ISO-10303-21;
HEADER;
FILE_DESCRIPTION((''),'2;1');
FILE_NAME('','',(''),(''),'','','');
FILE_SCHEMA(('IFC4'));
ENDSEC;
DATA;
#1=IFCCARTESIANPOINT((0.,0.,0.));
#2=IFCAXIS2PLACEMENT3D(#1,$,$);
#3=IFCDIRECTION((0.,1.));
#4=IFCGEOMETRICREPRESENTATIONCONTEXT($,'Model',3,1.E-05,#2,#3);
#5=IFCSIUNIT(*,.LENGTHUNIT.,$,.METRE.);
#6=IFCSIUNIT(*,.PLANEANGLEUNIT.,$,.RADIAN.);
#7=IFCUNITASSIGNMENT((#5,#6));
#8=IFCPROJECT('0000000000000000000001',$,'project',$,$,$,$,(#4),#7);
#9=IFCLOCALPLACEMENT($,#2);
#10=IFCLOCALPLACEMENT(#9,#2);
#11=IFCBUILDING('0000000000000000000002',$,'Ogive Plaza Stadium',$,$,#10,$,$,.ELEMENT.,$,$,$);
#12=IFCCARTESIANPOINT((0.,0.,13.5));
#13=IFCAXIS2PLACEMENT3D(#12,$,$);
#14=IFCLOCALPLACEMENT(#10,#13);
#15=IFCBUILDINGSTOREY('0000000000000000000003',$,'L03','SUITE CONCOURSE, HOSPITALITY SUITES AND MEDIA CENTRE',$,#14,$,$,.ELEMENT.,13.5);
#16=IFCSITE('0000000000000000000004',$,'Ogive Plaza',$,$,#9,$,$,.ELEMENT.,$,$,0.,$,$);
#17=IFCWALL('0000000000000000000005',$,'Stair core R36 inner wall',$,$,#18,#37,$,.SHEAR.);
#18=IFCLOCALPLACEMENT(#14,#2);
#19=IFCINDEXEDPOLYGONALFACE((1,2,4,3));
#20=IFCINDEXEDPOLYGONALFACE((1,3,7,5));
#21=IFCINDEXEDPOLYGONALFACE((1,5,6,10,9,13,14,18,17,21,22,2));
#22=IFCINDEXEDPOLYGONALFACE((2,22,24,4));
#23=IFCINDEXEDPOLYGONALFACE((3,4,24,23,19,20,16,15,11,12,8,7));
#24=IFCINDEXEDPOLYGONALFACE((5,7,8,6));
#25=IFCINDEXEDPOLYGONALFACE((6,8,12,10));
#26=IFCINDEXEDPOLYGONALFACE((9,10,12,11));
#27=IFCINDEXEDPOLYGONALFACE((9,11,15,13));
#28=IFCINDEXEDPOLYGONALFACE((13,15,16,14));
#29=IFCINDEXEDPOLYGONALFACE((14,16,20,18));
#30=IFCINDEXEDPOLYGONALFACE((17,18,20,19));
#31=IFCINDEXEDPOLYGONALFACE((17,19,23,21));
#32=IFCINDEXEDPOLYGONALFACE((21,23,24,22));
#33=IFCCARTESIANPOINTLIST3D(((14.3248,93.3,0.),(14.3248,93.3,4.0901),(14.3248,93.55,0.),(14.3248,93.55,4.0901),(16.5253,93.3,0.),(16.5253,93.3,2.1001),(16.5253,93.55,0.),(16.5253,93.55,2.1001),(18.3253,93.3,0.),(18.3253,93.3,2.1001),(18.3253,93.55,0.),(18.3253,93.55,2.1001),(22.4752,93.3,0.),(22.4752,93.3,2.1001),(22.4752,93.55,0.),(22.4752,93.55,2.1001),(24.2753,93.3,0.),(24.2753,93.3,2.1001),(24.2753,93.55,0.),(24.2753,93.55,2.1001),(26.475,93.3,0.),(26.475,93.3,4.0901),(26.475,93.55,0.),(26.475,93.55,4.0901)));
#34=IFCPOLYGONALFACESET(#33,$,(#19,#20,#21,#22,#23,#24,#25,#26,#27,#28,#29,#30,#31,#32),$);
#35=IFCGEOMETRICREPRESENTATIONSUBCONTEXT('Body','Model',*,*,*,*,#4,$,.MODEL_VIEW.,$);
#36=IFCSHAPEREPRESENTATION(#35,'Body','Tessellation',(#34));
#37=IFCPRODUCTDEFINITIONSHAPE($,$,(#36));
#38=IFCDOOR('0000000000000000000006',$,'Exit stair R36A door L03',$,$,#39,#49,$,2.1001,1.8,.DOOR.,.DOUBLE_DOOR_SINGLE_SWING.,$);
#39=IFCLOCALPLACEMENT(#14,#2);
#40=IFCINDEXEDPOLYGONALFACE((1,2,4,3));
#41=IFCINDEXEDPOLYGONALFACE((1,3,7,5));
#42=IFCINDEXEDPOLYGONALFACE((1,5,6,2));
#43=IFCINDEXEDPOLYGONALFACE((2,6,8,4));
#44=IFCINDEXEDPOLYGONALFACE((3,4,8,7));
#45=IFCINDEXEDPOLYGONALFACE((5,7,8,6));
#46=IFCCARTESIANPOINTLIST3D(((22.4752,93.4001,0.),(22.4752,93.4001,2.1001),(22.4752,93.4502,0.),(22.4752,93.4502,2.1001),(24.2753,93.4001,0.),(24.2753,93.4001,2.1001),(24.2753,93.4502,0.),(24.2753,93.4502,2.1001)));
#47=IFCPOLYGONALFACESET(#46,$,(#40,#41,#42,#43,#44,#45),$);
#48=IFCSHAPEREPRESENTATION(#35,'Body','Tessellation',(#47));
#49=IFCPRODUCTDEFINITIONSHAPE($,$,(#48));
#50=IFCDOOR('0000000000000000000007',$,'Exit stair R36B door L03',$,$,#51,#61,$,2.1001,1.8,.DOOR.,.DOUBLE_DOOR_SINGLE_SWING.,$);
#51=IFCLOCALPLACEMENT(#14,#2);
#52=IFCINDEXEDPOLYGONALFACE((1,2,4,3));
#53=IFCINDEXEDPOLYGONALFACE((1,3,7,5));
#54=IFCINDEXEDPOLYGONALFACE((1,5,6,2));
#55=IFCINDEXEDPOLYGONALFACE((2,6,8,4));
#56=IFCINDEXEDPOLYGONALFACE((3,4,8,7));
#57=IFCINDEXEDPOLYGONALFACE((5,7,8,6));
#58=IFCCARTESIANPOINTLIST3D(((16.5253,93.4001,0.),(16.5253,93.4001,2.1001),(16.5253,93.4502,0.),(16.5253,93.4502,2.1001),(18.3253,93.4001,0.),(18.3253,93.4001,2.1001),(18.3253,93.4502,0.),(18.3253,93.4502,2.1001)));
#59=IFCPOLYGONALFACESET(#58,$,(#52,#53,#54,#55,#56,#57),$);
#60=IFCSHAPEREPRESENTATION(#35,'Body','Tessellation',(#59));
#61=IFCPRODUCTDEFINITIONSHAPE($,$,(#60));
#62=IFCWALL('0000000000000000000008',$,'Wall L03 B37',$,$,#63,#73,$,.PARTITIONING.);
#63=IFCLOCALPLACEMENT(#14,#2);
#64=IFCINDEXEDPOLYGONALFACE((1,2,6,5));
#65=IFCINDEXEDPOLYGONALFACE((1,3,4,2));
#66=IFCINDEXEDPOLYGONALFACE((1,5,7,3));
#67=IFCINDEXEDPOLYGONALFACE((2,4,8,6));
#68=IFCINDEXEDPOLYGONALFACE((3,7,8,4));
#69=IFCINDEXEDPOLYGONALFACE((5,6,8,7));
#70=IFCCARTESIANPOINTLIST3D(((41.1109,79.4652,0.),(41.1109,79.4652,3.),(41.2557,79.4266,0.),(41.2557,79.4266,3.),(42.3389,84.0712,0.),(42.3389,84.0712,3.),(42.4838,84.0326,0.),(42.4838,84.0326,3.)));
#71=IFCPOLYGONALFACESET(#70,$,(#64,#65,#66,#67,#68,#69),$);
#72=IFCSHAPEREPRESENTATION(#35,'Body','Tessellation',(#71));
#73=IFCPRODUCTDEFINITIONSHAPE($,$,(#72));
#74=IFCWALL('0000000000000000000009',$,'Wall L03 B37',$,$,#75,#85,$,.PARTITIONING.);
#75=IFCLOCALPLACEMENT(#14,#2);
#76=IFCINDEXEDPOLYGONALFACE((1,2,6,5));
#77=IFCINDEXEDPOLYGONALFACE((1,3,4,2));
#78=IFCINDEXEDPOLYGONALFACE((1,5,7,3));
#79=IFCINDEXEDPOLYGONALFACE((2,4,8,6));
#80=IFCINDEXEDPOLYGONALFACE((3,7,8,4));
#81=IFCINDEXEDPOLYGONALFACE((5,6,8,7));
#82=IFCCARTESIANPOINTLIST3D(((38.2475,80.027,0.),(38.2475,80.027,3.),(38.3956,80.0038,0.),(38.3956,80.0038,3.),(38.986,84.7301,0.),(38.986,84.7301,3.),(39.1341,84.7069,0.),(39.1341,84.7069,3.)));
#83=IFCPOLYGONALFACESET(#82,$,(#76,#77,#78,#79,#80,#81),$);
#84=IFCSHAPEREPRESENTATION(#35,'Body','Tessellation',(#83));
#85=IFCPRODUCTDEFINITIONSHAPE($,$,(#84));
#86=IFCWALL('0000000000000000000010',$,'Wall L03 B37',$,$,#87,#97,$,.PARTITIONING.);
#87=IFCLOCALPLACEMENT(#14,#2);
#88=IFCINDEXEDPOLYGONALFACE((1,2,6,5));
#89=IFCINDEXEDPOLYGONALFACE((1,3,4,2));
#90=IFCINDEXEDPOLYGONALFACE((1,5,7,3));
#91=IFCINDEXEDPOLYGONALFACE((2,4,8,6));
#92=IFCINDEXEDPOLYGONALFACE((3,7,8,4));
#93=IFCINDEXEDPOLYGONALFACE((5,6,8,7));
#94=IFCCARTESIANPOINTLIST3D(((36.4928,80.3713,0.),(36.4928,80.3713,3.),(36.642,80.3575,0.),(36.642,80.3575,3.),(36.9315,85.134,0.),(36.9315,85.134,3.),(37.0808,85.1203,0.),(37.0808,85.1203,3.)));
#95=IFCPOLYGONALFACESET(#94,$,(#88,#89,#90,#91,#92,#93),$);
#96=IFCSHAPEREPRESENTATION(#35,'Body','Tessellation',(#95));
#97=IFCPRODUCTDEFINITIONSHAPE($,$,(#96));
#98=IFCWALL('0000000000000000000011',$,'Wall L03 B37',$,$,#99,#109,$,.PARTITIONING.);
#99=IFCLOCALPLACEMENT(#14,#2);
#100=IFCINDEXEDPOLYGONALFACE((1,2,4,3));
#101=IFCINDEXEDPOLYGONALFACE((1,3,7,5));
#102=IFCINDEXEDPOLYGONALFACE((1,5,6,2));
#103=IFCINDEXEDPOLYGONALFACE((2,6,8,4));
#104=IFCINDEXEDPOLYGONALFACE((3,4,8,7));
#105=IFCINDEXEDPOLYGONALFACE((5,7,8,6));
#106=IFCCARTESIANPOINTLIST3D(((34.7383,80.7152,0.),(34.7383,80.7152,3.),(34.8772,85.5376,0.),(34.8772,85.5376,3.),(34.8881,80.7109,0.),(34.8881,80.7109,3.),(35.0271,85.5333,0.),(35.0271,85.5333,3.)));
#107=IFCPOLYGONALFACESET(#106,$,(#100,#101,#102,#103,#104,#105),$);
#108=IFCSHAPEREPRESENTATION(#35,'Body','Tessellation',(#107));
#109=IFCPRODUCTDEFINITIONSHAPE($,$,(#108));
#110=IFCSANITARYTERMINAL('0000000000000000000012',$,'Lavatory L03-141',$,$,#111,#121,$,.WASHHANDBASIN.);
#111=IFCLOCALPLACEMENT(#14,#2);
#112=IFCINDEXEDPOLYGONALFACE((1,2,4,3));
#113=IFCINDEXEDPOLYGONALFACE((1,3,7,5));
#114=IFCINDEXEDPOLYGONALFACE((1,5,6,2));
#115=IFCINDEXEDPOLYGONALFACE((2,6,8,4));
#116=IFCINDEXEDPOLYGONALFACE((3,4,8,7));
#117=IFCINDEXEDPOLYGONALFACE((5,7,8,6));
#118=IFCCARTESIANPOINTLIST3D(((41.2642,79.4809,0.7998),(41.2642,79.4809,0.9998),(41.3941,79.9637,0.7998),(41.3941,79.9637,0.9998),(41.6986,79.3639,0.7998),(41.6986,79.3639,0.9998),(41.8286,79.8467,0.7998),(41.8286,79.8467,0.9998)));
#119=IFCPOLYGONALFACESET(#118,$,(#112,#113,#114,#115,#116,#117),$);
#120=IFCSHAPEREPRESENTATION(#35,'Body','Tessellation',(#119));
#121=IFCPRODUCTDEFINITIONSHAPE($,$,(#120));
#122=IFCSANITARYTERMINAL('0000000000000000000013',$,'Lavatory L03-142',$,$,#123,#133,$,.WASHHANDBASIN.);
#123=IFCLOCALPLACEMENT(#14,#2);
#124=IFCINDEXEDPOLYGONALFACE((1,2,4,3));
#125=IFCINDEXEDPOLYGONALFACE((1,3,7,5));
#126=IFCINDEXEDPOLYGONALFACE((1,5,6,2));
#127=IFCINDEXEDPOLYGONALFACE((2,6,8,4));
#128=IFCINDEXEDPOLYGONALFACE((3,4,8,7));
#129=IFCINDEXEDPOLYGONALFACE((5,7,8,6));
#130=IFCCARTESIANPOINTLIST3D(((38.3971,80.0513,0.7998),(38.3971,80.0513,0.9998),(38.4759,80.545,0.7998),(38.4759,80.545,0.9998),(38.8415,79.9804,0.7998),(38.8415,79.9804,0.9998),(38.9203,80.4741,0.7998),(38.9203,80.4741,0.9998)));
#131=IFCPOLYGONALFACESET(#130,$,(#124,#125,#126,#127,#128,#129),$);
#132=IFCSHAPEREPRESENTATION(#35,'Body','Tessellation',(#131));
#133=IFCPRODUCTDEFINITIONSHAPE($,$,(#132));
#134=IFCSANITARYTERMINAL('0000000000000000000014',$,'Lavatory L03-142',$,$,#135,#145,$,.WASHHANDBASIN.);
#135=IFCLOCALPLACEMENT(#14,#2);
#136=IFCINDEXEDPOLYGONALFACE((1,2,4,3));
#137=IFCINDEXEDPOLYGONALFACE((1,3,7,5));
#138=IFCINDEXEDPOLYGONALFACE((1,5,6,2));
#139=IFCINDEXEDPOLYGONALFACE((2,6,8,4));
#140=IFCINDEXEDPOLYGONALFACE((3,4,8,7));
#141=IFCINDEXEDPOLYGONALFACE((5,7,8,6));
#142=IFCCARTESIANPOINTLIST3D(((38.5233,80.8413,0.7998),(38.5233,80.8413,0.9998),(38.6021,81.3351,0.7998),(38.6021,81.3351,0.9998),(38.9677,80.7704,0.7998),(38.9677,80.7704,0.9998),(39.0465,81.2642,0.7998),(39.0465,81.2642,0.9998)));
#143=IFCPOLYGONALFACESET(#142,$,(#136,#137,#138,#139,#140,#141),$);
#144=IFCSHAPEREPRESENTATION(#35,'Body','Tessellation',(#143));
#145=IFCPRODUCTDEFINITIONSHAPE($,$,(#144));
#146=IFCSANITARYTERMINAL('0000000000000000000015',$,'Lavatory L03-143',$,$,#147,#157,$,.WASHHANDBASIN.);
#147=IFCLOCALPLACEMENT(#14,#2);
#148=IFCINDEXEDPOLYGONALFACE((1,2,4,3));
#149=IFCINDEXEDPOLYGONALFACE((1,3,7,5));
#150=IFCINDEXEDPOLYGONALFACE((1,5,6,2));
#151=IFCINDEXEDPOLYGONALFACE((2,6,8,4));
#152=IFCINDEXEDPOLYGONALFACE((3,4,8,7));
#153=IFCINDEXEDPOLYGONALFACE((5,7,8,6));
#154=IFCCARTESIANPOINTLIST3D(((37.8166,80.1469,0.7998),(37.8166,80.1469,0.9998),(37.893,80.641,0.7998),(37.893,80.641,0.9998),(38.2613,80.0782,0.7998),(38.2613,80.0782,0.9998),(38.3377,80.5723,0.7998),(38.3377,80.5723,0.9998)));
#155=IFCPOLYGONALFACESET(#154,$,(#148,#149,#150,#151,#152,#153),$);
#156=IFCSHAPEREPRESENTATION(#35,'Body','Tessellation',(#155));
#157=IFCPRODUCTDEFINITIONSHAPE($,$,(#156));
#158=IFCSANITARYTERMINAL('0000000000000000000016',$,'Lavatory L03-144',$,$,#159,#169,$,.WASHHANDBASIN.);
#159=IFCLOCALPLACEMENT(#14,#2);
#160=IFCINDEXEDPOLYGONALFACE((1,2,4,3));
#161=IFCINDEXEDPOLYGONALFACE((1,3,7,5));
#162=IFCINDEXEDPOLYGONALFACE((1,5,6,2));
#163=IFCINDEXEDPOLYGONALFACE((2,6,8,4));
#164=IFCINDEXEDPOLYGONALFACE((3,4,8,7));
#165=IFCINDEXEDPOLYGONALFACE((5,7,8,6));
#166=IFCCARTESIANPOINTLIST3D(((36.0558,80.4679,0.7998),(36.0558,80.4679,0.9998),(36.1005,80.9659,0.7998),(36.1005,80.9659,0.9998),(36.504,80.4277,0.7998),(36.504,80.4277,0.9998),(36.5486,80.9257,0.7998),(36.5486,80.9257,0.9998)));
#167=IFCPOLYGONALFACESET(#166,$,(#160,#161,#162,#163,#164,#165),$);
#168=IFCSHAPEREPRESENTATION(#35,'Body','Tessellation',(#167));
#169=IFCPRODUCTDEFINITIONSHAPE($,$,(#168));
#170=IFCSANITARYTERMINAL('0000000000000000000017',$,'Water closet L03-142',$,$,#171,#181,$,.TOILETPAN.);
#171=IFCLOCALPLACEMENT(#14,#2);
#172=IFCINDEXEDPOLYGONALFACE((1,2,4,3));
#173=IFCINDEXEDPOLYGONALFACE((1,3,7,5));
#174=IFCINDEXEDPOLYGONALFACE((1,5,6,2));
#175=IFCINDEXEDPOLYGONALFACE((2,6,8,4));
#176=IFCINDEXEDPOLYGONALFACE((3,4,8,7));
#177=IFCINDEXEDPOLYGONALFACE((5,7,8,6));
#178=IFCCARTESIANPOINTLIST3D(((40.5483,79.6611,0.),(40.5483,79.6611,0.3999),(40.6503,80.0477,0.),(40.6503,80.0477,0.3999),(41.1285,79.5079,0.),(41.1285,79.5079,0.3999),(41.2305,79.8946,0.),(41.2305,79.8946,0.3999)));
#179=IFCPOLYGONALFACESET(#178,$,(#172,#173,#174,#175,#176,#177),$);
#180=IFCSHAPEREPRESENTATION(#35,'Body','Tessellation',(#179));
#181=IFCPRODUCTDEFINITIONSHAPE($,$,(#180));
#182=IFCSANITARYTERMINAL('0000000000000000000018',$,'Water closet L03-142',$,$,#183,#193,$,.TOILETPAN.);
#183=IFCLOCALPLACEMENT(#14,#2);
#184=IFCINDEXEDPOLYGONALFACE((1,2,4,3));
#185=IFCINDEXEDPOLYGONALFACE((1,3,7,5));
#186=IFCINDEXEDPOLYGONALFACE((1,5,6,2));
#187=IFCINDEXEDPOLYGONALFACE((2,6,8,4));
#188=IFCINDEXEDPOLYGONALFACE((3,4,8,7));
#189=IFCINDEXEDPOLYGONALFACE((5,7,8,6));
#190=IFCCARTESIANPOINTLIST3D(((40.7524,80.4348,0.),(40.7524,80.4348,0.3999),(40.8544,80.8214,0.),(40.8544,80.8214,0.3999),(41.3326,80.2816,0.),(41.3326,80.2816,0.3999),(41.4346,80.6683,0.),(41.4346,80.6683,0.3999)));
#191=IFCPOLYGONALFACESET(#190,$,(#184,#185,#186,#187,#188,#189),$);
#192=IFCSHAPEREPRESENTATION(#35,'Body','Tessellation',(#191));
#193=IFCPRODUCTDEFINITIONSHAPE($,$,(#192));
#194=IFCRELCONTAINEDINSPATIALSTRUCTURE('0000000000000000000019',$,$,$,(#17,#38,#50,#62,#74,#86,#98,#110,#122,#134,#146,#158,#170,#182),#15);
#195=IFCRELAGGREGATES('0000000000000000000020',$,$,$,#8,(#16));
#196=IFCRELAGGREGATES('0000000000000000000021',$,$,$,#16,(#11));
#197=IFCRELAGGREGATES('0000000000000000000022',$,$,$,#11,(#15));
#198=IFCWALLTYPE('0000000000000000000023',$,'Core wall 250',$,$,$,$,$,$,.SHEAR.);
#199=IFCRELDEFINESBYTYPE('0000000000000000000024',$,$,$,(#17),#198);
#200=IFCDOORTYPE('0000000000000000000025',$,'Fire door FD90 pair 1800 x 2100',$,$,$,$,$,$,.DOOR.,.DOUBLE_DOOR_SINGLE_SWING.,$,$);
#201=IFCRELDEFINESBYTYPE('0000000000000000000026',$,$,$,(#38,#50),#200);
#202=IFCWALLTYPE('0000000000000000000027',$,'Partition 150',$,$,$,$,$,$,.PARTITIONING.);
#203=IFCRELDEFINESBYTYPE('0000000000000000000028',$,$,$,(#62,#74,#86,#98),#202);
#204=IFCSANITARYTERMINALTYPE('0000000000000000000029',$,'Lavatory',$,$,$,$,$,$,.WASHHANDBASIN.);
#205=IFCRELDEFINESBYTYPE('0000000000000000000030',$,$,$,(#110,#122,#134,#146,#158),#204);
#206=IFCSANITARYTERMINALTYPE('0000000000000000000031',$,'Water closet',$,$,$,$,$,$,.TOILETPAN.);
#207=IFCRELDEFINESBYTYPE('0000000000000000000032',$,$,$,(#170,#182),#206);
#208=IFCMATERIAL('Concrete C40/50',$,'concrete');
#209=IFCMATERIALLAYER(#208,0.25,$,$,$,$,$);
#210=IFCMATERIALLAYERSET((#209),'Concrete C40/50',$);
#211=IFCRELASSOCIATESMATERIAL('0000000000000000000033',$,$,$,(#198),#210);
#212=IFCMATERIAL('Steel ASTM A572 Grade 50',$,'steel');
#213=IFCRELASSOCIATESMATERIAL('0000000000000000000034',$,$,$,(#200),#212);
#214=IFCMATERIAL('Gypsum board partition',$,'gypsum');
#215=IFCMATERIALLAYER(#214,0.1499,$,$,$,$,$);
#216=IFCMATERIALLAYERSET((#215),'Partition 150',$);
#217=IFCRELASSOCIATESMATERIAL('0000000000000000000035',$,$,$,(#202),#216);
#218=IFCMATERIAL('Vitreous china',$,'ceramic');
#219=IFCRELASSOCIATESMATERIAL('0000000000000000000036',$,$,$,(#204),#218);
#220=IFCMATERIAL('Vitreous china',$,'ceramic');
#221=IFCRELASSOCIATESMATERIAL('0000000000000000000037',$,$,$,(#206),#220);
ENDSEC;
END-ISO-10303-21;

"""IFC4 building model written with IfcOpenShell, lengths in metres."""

from ifc_helpers import new_model, si_unit, direction, frame, frame_2d, origin, origin_2d, place, context, subcontext, project, spatial, rectangle, extrude, material, layer, layer_set, type_object, element, fill, save


model = new_model("IFC4")

# Units and contexts
model_context = context("Model", 3, precision=1e-05, world=origin(), true_north=direction((0.0, 1.0)))
body_context = subcontext(model_context, "Body", "Model", "MODEL_VIEW")
ifc_project = project(units=[si_unit("LENGTHUNIT", "METRE"), si_unit("PLANEANGLEUNIT", "RADIAN")], contexts=[model_context])

# Site, building, storey
site_placement = place(None, origin())
site = spatial("IfcSite", under=ifc_project, at=site_placement, Name="Ogive Plaza", CompositionType="ELEMENT", RefElevation=0.0)
building_placement = place(site_placement, origin())
building = spatial("IfcBuilding", under=site, at=building_placement, Name="Ogive Plaza Stadium", CompositionType="ELEMENT")
storey_placement = place(building_placement, frame((0.0, 0.0, 13.5)))
storey = spatial("IfcBuildingStorey", under=building, at=storey_placement, Name="L03", Description="SUITE CONCOURSE, HOSPITALITY SUITES AND MEDIA CENTRE", CompositionType="ELEMENT", Elevation=13.5)

# Wall, openings, doors
ifc_material_1 = material(Name="Concrete C40/50", Category="concrete")
ifc_layer_1 = layer(ifc_material_1, 0.25)
ifc_layer_set_1 = layer_set([ifc_layer_1], Name="Concrete C40/50")
wall_type_1 = type_object("IfcWallType", Name="Core wall 250", PredefinedType="SHEAR", material=ifc_layer_set_1)
wall_1_placement = place(storey_placement, frame((26.4751, 93.425, 0.0), z_axis=(0.0, 0.0, 1.0), x_axis=(-1.0, 0.0, 0.0)))
wall_1 = element("IfcWall", 1, at=wall_1_placement, inside=storey, type_object=wall_type_1, Name="Stair core R36 inner wall", PredefinedType="SHEAR", context=body_context, shape_type="SweptSolid", body=[
    extrude(rectangle(XDim=12.1501, YDim=0.25, at=frame_2d((6.0752, 0.0))), origin(), (0.0, 0.0, 1.0), 4.0901),
])
opening_1_placement = place(wall_1_placement, frame((2.2, 0.0, 0.0)))
opening_1 = element("IfcOpeningElement", 2, at=opening_1_placement, cuts=wall_1, PredefinedType="OPENING", context=body_context, shape_type="SweptSolid", body=[
    extrude(rectangle(XDim=1.8, YDim=2.1001, at=frame_2d((0.8999, 1.05))), frame((0.0, 0.125, 0.0), z_axis=(0.0, -1.0, 0.0), x_axis=(1.0, 0.0, 0.0)), (0.0, 0.0, 1.0), 0.25),
])
opening_2_placement = place(wall_1_placement, frame((8.1499, 0.0, 0.0)))
opening_2 = element("IfcOpeningElement", 3, at=opening_2_placement, cuts=wall_1, PredefinedType="OPENING", context=body_context, shape_type="SweptSolid", body=[
    extrude(rectangle(XDim=1.8, YDim=2.1001, at=frame_2d((0.8999, 1.05))), frame((0.0, 0.125, 0.0), z_axis=(0.0, -1.0, 0.0), x_axis=(1.0, 0.0, 0.0)), (0.0, 0.0, 1.0), 0.25),
])
ifc_material_2 = material(Name="Steel ASTM A572 Grade 50", Category="steel")
door_type_1 = type_object("IfcDoorType", Name="Fire door FD90 pair 1800 x 2100", OperationType="DOUBLE_DOOR_SINGLE_SWING", PredefinedType="DOOR", material=ifc_material_2)
door_1_placement = place(opening_1_placement, origin())
door_1 = element("IfcDoor", 4, at=door_1_placement, inside=storey, type_object=door_type_1, Name="Exit stair R36A door L03", OperationType="DOUBLE_DOOR_SINGLE_SWING", OverallHeight=2.1001, OverallWidth=1.8, PredefinedType="DOOR", context=body_context, shape_type="SweptSolid", body=[
    extrude(rectangle(XDim=1.8, YDim=2.1001, at=frame_2d((0.8999, 1.05))), frame((0.0, 0.0249, 0.0), z_axis=(0.0, -1.0, 0.0), x_axis=(1.0, 0.0, 0.0)), (0.0, 0.0, 1.0), 0.05),
])
fill(opening_1, door_1)
door_2_placement = place(opening_2_placement, origin())
door_2 = element("IfcDoor", 5, at=door_2_placement, inside=storey, type_object=door_type_1, Name="Exit stair R36B door L03", OperationType="DOUBLE_DOOR_SINGLE_SWING", OverallHeight=2.1001, OverallWidth=1.8, PredefinedType="DOOR", context=body_context, shape_type="SweptSolid", body=[
    extrude(rectangle(XDim=1.8, YDim=2.1001, at=frame_2d((0.8999, 1.05))), frame((0.0, 0.0249, 0.0), z_axis=(0.0, -1.0, 0.0), x_axis=(1.0, 0.0, 0.0)), (0.0, 0.0, 1.0), 0.05),
])
fill(opening_2, door_2)

# Walls
ifc_material_3 = material(Name="Gypsum board partition", Category="gypsum")
ifc_layer_2 = layer(ifc_material_3, 0.1499)
ifc_layer_set_2 = layer_set([ifc_layer_2], Name="Partition 150")
wall_type_2 = type_object("IfcWallType", Name="Partition 150", PredefinedType="PARTITIONING", material=ifc_layer_set_2)
wall_2_placement = place(storey_placement, frame((41.1833, 79.446, 0.0), z_axis=(0.0, 0.0, 1.0), x_axis=(0.257618, 0.966247, 0.0)))
element("IfcWall", 6, at=wall_2_placement, inside=storey, type_object=wall_type_2, Name="Wall L03 B37", PredefinedType="PARTITIONING", context=body_context, shape_type="SweptSolid", body=[
    extrude(rectangle(XDim=4.7668, YDim=0.1499, at=frame_2d((2.3833, 0.0))), origin(), (0.0, 0.0, 1.0), 3.0),
])
wall_3_placement = place(storey_placement, frame((38.3215, 80.0154, 0.0), z_axis=(0.0, 0.0, 1.0), x_axis=(0.155128, 0.987894, 0.0)))
element("IfcWall", 7, at=wall_3_placement, inside=storey, type_object=wall_type_2, Name="Wall L03 B37", PredefinedType="PARTITIONING", context=body_context, shape_type="SweptSolid", body=[
    extrude(rectangle(XDim=4.7607, YDim=0.1499, at=frame_2d((2.3804, 0.0))), origin(), (0.0, 0.0, 1.0), 3.0),
])
wall_4_placement = place(storey_placement, frame((36.5674, 80.3643, 0.0), z_axis=(0.0, 0.0, 1.0), x_axis=(0.091728, 0.995784, 0.0)))
element("IfcWall", 8, at=wall_4_placement, inside=storey, type_object=wall_type_2, Name="Wall L03 B37", PredefinedType="PARTITIONING", context=body_context, shape_type="SweptSolid", body=[
    extrude(rectangle(XDim=4.783, YDim=0.1499, at=frame_2d((2.3916, 0.0))), origin(), (0.0, 0.0, 1.0), 3.0),
])
wall_5_placement = place(storey_placement, frame((34.8132, 80.7131, 0.0), z_axis=(0.0, 0.0, 1.0), x_axis=(0.028794, 0.999585, 0.0)))
element("IfcWall", 9, at=wall_5_placement, inside=storey, type_object=wall_type_2, Name="Wall L03 B37", PredefinedType="PARTITIONING", context=body_context, shape_type="SweptSolid", body=[
    extrude(rectangle(XDim=4.8245, YDim=0.1499, at=frame_2d((2.4121, 0.0))), origin(), (0.0, 0.0, 1.0), 3.0),
])

# Sanitary terminals
ifc_material_4 = material(Name="Vitreous china", Category="ceramic")
sanitary_terminal_type_1 = type_object("IfcSanitaryTerminalType", Name="Lavatory", PredefinedType="WASHHANDBASIN", material=ifc_material_4)
for number, where, z_axis, x_axis, name in (
    (10, (41.5464, 79.6638, 0.7998), (0.0, 0.0, 1.0), (0.259977, 0.965615, 0.0), "Lavatory L03-141"),
    (11, (38.6587, 80.2627, 0.7998), (0.0, 0.0, 1.0), (0.157603, 0.987503, 0.0), "Lavatory L03-142"),
    (12, (38.7849, 81.0527, 0.7998), (0.0, 0.0, 1.0), (0.157603, 0.987503, 0.0), "Lavatory L03-142"),
    (13, (38.0771, 80.3596, 0.7998), (0.0, 0.0, 1.0), (0.152705, 0.988272, 0.0), "Lavatory L03-143"),
    (14, (36.3022, 80.6968, 0.7998), (0.0, 0.0, 1.0), (0.089303, 0.996005, 0.0), "Lavatory L03-144"),
):
    element("IfcSanitaryTerminal", number, at=place(storey_placement, frame(where, z_axis=z_axis, x_axis=x_axis)), inside=storey, type_object=sanitary_terminal_type_1, Name=name, PredefinedType="WASHHANDBASIN", context=body_context, shape_type="SweptSolid", body=[
        extrude(rectangle(XDim=0.5, YDim=0.45, at=origin_2d()), origin(), (0.0, 0.0, 1.0), 0.2),
    ])
ifc_material_5 = material(Name="Vitreous china", Category="ceramic")
sanitary_terminal_type_2 = type_object("IfcSanitaryTerminalType", Name="Water closet", PredefinedType="TOILETPAN", material=ifc_material_5)
for number, where, z_axis, x_axis, name in (
    (15, (40.8894, 79.7778, 0.0), (0.0, 0.0, 1.0), (0.255199, 0.966888, 0.0), "Water closet L03-142"),
    (16, (41.0935, 80.5515, 0.0), (0.0, 0.0, 1.0), (0.255199, 0.966888, 0.0), "Water closet L03-142"),
):
    element("IfcSanitaryTerminal", number, at=place(storey_placement, frame(where, z_axis=z_axis, x_axis=x_axis)), inside=storey, type_object=sanitary_terminal_type_2, Name=name, PredefinedType="TOILETPAN", context=body_context, shape_type="SweptSolid", body=[
        extrude(rectangle(XDim=0.3999, YDim=0.6001, at=origin_2d()), origin(), (0.0, 0.0, 1.0), 0.3999),
    ])

save(model, "model.ifc")
